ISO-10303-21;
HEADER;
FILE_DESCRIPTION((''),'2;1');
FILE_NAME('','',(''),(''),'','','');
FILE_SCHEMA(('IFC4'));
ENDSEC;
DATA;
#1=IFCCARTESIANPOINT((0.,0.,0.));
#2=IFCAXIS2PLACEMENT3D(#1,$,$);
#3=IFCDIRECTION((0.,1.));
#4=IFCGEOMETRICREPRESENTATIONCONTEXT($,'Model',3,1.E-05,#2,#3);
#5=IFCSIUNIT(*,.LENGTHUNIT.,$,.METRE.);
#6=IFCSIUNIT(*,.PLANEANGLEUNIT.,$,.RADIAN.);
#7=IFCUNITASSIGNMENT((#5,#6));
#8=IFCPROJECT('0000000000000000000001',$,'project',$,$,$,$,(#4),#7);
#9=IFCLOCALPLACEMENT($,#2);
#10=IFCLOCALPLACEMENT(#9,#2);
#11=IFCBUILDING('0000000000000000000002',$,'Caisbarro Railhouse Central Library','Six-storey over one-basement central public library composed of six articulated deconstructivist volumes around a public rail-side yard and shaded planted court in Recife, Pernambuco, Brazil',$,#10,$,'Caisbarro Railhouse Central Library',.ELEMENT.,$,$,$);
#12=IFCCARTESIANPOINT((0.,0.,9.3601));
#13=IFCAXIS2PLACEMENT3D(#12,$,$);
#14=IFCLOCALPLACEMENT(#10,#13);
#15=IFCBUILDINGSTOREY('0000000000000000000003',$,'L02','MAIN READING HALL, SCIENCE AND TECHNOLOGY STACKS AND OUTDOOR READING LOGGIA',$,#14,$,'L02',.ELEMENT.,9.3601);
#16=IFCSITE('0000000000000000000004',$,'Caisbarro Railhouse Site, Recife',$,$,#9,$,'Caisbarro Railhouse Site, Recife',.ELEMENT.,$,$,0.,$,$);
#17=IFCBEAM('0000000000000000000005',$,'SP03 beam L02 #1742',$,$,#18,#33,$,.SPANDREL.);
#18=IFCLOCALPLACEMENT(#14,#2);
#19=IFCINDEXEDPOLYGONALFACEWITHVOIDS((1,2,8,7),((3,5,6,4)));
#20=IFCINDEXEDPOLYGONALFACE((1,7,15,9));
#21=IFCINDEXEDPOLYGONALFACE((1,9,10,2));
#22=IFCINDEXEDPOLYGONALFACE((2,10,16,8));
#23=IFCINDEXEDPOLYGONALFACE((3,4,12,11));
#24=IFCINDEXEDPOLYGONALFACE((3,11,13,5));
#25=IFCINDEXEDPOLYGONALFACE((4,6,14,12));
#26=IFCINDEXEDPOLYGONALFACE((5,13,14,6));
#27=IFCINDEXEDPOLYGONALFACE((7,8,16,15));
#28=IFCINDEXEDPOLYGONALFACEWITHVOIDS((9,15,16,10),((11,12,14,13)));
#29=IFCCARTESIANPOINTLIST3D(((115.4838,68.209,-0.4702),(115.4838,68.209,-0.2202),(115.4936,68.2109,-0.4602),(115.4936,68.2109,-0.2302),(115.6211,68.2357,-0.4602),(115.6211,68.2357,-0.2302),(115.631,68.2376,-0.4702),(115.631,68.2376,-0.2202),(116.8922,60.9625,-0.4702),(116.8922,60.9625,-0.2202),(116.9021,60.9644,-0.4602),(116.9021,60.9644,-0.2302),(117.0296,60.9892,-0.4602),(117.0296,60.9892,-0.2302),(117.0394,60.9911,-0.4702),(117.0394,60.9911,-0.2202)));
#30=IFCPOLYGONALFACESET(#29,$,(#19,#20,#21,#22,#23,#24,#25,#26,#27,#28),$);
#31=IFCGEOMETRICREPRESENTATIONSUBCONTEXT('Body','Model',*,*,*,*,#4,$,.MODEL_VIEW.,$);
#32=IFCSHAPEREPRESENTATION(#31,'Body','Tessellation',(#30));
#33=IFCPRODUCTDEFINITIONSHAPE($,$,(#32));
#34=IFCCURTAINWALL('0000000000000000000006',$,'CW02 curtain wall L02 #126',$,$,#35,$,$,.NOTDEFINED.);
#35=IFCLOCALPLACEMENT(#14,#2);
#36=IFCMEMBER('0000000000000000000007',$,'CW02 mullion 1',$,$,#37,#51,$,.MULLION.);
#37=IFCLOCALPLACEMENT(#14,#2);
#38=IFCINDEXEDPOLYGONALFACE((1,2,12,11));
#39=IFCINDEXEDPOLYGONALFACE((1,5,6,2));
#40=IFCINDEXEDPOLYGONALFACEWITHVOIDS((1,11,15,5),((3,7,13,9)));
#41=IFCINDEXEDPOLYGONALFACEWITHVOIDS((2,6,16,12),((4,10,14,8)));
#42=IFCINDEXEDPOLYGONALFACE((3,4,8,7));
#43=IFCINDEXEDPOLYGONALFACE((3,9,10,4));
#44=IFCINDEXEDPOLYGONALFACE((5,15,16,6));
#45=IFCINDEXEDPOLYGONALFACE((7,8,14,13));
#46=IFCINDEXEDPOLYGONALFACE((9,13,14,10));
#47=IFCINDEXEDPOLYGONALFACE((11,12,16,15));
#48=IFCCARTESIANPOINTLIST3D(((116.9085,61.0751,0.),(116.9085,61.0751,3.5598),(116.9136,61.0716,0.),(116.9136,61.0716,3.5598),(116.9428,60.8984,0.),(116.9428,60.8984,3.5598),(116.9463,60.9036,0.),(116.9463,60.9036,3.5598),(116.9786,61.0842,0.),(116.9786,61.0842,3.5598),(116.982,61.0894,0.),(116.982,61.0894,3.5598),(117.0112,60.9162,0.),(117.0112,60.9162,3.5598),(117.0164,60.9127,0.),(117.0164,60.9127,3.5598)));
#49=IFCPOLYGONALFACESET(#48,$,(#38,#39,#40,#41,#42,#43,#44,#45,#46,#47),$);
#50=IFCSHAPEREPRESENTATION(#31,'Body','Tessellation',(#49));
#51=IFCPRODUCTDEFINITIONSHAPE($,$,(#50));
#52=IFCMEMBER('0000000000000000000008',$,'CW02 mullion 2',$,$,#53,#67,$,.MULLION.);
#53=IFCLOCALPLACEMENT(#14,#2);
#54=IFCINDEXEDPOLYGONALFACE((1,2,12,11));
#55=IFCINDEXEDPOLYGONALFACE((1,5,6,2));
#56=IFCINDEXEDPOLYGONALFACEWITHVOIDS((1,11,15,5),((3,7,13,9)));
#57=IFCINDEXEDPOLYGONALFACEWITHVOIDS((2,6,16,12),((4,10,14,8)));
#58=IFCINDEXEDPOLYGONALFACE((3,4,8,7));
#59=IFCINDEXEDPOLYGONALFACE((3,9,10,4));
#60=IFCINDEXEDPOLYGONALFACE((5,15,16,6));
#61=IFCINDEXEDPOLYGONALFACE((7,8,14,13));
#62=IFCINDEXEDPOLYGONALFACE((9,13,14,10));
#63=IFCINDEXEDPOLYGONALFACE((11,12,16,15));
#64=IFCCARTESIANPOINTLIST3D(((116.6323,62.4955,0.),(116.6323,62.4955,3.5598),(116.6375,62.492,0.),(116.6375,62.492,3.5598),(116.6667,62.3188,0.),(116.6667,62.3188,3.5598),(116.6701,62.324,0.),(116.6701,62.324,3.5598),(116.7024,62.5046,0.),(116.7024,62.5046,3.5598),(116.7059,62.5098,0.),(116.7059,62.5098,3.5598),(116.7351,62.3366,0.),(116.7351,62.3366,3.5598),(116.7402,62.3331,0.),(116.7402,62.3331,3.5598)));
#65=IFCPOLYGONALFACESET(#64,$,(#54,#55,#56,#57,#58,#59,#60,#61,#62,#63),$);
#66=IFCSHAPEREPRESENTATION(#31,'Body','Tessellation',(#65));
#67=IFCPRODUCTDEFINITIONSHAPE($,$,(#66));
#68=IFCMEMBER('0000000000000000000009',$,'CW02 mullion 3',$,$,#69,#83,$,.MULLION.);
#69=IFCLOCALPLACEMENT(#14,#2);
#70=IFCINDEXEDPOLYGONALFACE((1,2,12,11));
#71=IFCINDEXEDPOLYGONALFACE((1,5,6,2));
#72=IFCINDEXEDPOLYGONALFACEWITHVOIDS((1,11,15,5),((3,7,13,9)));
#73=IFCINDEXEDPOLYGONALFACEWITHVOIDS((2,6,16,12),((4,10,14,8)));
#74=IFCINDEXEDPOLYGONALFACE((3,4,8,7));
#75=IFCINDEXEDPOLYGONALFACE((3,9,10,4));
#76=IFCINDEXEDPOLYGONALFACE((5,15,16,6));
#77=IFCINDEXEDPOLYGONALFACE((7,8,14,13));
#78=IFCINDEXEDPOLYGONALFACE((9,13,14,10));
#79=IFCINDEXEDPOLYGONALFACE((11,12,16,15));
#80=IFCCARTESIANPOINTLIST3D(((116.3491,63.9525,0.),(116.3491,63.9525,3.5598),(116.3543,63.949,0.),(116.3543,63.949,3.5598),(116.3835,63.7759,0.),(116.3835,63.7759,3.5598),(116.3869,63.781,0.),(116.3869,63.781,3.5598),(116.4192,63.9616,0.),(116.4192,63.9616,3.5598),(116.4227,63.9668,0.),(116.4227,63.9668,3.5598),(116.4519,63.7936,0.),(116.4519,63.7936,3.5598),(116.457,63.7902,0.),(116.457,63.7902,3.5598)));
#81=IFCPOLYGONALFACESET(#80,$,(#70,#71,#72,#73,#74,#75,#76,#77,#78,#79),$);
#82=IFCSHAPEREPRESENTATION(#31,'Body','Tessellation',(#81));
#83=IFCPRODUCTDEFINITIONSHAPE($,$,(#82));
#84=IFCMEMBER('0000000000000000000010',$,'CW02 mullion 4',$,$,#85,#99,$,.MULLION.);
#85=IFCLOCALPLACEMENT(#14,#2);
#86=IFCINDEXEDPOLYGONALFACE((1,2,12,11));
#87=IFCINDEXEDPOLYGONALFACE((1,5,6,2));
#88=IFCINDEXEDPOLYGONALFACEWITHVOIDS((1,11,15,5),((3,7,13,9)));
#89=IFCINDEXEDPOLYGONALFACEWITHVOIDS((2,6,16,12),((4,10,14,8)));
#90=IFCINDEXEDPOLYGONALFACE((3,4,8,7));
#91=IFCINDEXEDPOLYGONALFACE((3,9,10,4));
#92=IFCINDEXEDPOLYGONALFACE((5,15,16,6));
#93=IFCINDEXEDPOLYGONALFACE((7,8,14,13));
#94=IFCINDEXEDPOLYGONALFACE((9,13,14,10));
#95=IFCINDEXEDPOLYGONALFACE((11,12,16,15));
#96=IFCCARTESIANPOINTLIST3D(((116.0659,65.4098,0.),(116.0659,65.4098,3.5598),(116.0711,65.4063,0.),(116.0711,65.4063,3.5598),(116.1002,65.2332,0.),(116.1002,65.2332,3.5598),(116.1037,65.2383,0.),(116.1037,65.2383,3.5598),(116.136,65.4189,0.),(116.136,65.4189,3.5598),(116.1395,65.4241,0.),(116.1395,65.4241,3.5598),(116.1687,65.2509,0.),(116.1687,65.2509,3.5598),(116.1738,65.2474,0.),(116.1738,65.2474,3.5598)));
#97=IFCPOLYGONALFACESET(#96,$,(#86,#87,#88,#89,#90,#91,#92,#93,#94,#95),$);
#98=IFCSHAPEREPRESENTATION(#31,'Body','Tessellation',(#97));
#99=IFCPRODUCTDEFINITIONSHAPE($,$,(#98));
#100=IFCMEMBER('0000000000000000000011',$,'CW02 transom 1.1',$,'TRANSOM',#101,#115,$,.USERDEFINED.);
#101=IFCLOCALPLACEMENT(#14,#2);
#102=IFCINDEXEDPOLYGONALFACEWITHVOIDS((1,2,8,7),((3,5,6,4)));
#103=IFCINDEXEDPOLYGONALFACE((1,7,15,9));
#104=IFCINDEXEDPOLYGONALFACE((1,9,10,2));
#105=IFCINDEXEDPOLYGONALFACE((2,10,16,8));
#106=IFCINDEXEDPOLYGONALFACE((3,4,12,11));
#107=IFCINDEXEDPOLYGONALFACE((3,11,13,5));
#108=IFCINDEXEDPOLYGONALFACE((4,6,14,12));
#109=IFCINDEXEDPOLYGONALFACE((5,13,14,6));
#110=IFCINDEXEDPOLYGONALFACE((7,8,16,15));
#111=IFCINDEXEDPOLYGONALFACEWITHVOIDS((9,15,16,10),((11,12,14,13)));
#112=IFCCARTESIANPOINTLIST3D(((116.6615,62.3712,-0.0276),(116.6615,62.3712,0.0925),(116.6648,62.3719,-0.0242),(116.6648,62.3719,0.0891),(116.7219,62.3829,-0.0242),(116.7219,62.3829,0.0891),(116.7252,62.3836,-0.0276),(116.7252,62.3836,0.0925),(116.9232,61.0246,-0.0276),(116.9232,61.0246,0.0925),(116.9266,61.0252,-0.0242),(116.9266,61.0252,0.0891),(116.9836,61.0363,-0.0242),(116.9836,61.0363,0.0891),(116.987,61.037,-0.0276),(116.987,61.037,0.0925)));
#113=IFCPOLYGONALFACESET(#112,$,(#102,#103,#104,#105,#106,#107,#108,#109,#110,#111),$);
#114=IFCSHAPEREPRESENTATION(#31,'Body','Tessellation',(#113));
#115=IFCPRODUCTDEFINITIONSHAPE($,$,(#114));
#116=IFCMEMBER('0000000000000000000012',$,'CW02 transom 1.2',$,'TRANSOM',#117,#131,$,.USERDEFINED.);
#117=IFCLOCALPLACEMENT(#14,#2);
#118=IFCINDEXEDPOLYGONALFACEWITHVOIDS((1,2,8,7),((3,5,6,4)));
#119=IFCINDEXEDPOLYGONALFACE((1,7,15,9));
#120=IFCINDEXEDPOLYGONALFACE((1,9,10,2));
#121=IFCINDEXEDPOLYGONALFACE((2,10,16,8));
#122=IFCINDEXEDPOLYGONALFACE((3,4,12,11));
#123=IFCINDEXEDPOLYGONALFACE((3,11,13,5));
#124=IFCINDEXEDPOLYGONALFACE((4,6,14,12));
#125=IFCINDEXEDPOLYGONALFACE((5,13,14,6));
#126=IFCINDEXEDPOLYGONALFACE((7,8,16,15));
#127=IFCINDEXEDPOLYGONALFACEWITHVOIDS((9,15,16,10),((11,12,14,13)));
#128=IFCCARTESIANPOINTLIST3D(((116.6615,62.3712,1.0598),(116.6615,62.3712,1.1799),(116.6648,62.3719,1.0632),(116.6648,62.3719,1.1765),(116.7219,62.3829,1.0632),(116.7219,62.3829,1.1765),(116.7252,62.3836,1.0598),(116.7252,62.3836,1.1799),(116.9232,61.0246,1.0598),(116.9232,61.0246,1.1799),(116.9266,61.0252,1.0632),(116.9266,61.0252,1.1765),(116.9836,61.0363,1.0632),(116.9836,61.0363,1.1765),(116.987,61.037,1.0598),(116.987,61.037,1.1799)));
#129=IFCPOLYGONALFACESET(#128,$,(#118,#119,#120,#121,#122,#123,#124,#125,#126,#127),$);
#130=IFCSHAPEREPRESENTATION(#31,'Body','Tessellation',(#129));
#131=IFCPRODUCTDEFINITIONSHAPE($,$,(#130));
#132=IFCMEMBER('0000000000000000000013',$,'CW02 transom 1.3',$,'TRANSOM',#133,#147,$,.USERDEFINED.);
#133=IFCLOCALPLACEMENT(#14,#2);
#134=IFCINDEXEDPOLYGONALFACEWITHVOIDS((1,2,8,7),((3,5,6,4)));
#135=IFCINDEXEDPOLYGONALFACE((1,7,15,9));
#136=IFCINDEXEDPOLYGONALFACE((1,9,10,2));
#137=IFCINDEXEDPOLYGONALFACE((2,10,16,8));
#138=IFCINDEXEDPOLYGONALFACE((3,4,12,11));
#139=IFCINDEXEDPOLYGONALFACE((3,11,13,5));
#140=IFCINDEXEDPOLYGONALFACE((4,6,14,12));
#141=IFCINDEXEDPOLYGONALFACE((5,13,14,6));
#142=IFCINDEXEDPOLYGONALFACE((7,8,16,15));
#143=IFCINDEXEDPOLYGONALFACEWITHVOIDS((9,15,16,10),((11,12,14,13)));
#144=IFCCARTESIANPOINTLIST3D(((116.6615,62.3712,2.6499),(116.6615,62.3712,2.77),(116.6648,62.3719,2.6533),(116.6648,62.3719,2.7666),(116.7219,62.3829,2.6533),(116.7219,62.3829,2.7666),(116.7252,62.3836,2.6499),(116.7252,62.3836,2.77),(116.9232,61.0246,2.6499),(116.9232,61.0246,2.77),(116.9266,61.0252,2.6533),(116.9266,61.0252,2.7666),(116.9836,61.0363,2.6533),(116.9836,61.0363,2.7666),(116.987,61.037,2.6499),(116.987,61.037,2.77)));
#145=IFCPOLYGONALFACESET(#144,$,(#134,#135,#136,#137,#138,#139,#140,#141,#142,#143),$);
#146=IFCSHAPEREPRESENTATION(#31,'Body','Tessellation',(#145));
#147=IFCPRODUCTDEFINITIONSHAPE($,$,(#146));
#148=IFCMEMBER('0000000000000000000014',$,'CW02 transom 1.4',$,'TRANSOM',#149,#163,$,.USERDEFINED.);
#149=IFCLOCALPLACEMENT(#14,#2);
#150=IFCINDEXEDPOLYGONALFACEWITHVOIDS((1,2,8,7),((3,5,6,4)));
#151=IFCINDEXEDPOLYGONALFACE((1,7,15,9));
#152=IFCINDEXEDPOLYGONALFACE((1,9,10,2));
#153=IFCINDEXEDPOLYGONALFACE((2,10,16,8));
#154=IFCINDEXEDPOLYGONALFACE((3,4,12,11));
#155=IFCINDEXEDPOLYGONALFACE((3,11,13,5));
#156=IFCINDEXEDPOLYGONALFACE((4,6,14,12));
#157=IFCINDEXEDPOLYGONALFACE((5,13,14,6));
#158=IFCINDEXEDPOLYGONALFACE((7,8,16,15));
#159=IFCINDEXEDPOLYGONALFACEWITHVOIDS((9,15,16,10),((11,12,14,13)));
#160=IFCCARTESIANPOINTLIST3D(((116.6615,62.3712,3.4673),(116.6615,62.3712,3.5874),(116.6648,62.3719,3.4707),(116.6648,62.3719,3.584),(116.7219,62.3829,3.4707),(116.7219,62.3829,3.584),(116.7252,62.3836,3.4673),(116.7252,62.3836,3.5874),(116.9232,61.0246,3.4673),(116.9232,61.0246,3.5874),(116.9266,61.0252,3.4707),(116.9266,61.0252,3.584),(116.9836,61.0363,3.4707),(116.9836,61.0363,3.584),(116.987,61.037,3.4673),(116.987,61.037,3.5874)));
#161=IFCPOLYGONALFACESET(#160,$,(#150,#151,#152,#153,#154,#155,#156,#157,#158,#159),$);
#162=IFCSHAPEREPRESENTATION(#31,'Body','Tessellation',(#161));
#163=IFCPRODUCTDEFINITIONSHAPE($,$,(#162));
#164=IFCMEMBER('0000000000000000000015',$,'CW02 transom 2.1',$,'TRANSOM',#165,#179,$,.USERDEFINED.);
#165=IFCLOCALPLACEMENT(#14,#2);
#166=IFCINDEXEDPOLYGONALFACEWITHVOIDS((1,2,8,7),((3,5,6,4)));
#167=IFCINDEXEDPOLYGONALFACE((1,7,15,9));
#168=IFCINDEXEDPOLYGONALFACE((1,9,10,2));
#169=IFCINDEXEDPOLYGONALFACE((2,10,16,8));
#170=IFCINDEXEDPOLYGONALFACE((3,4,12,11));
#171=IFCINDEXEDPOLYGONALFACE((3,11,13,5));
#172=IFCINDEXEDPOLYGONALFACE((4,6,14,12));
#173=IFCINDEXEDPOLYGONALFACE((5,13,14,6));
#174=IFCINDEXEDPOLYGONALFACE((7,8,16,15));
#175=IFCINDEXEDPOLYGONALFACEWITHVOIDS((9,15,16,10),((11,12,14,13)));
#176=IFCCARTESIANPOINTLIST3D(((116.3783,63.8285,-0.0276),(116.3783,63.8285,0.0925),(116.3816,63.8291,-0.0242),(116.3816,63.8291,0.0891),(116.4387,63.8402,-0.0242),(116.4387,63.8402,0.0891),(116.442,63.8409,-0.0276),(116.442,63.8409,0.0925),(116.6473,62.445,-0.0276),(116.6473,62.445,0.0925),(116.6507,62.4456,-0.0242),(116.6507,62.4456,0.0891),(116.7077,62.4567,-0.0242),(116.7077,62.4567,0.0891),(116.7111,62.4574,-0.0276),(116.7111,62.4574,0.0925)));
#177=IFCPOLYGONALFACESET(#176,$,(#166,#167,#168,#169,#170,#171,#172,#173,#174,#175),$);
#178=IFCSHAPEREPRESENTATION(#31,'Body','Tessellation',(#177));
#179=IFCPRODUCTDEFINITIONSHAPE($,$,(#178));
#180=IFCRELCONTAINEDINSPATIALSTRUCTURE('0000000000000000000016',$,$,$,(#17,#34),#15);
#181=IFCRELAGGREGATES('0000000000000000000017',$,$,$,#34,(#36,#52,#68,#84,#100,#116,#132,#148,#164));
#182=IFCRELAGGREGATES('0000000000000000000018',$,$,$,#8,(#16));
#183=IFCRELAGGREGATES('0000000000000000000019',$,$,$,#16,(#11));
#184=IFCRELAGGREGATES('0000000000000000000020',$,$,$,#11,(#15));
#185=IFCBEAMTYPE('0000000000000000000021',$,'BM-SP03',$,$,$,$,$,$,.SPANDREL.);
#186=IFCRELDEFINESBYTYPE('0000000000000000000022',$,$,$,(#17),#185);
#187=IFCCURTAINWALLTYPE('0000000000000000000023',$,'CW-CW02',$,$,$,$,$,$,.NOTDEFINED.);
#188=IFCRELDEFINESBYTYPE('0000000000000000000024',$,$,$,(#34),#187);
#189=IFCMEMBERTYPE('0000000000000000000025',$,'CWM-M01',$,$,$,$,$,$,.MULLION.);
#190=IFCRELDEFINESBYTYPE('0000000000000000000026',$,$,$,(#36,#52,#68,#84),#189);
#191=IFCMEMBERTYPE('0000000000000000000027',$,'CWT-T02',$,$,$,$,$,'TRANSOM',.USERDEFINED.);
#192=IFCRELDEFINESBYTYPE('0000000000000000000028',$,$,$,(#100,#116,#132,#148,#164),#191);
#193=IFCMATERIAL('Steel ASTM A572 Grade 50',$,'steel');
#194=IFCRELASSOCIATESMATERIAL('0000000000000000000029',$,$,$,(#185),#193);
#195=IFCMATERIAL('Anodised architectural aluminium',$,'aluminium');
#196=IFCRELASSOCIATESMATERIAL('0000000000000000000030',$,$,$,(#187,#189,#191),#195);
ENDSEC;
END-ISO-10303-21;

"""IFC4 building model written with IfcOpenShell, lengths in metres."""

from ifc_helpers import new_model, si_unit, direction, frame, origin, origin_2d, place, context, subcontext, project, spatial, hollow_rectangle, extrude, material, material_profile, profile_set, type_object, element, aggregate, save


model = new_model("IFC4")

# Units and contexts
model_context = context("Model", 3, precision=1e-05, world=origin(), true_north=direction((0.0, 1.0)))
body_context = subcontext(model_context, "Body", "Model", "MODEL_VIEW")
ifc_project = project(units=[si_unit("LENGTHUNIT", "METRE"), si_unit("PLANEANGLEUNIT", "RADIAN")], contexts=[model_context])

# Site, building, storey
site_placement = place(None, origin())
site = spatial("IfcSite", under=ifc_project, at=site_placement, Name="Caisbarro Railhouse Site, Recife", LongName="Caisbarro Railhouse Site, Recife", CompositionType="ELEMENT", RefElevation=0.0)
building_placement = place(site_placement, origin())
building = spatial("IfcBuilding", under=site, at=building_placement, Name="Caisbarro Railhouse Central Library", Description="Six-storey over one-basement central public library composed of six articulated deconstructivist volumes around a public rail-side yard and shaded planted court in Recife, Pernambuco, Brazil", LongName="Caisbarro Railhouse Central Library", CompositionType="ELEMENT")
storey_placement = place(building_placement, frame((0.0, 0.0, 9.3601)))
storey = spatial("IfcBuildingStorey", under=building, at=storey_placement, Name="L02", Description="MAIN READING HALL, SCIENCE AND TECHNOLOGY STACKS AND OUTDOOR READING LOGGIA", LongName="L02", CompositionType="ELEMENT", Elevation=9.3601)

# Beam
ifc_material_1 = material(Name="Steel ASTM A572 Grade 50", Category="steel")
ifc_material_profile_1 = material_profile(ifc_material_1, hollow_rectangle(XDim=0.1499, YDim=0.25, WallThickness=0.01, at=origin_2d()), Name="HSS250X150X10")
ifc_profile_set_1 = profile_set([ifc_material_profile_1], Name="Steel ASTM A572 Grade 50")
beam_type = type_object("IfcBeamType", Name="BM-SP03", PredefinedType="SPANDREL", material=ifc_profile_set_1)
beam_placement = place(storey_placement, frame((116.9658, 60.9768, -0.3452), z_axis=(-0.19079, 0.981631, 0.0), x_axis=(-0.981631, -0.19079, 0.0)))
element("IfcBeam", 1, at=beam_placement, inside=storey, type_object=beam_type, Name="SP03 beam L02 #1742", PredefinedType="SPANDREL", context=body_context, shape_type="SweptSolid", body=[
    extrude(hollow_rectangle(XDim=0.1499, YDim=0.25, WallThickness=0.01, at=origin_2d()), origin(), (0.0, 0.0, 1.0), 7.3821),
])

# Curtain wall, members
ifc_material_2 = material(Name="Anodised architectural aluminium", Category="aluminium")
curtain_wall_type = type_object("IfcCurtainWallType", Name="CW-CW02", PredefinedType="NOTDEFINED", material=ifc_material_2)
curtain_wall_placement = place(storey_placement, origin())
curtain_wall = element("IfcCurtainWall", 2, at=curtain_wall_placement, inside=storey, type_object=curtain_wall_type, Name="CW02 curtain wall L02 #126", PredefinedType="NOTDEFINED")
ifc_material_profile_2 = material_profile(ifc_material_2, hollow_rectangle(XDim=0.075, YDim=0.1799, WallThickness=0.0044, at=origin_2d()), Name="ALU-MUL-75X180")
ifc_profile_set_2 = profile_set([ifc_material_profile_2], Name="Anodised architectural aluminium")
member_type_1 = type_object("IfcMemberType", Name="CWM-M01", PredefinedType="MULLION", material=ifc_profile_set_2)
member_1_placement = place(storey_placement, frame((116.9624, 60.9939, 0.0), z_axis=(0.0, 0.0, 1.0), x_axis=(-0.981633, -0.190781, 0.0)))
member_1 = element("IfcMember", 3, at=member_1_placement, type_object=member_type_1, Name="CW02 mullion 1", PredefinedType="MULLION", context=body_context, shape_type="SweptSolid", body=[
    extrude(hollow_rectangle(XDim=0.075, YDim=0.1799, WallThickness=0.0044, at=origin_2d()), origin(), (0.0, 0.0, 1.0), 3.5598),
])
member_2_placement = place(storey_placement, frame((116.6863, 62.4143, 0.0), z_axis=(0.0, 0.0, 1.0), x_axis=(-0.981633, -0.190781, 0.0)))
member_2 = element("IfcMember", 4, at=member_2_placement, type_object=member_type_1, Name="CW02 mullion 2", PredefinedType="MULLION", context=body_context, shape_type="SweptSolid", body=[
    extrude(hollow_rectangle(XDim=0.075, YDim=0.1799, WallThickness=0.0044, at=origin_2d()), origin(), (0.0, 0.0, 1.0), 3.5598),
])
member_3_placement = place(storey_placement, frame((116.4031, 63.8713, 0.0), z_axis=(0.0, 0.0, 1.0), x_axis=(-0.981633, -0.190781, 0.0)))
member_3 = element("IfcMember", 5, at=member_3_placement, type_object=member_type_1, Name="CW02 mullion 3", PredefinedType="MULLION", context=body_context, shape_type="SweptSolid", body=[
    extrude(hollow_rectangle(XDim=0.075, YDim=0.1799, WallThickness=0.0044, at=origin_2d()), origin(), (0.0, 0.0, 1.0), 3.5598),
])
member_4_placement = place(storey_placement, frame((116.1199, 65.3286, 0.0), z_axis=(0.0, 0.0, 1.0), x_axis=(-0.981633, -0.190781, 0.0)))
member_4 = element("IfcMember", 6, at=member_4_placement, type_object=member_type_1, Name="CW02 mullion 4", PredefinedType="MULLION", context=body_context, shape_type="SweptSolid", body=[
    extrude(hollow_rectangle(XDim=0.075, YDim=0.1799, WallThickness=0.0044, at=origin_2d()), origin(), (0.0, 0.0, 1.0), 3.5598),
])
ifc_material_profile_3 = material_profile(ifc_material_2, hollow_rectangle(XDim=0.0649, YDim=0.1201, WallThickness=0.0034, at=origin_2d()), Name="ALU-TRN-65X120")
ifc_profile_set_3 = profile_set([ifc_material_profile_3], Name="Anodised architectural aluminium")
member_type_2 = type_object("IfcMemberType", Name="CWT-T02", ElementType="TRANSOM", PredefinedType="USERDEFINED", material=ifc_profile_set_3)
member_5_placement = place(storey_placement, frame((116.9551, 61.0308, 0.0325), z_axis=(-0.190774, 0.981634, 0.0), x_axis=(-0.981634, -0.190774, 0.0)))
member_5 = element("IfcMember", 7, at=member_5_placement, type_object=member_type_2, Name="CW02 transom 1.1", ObjectType="TRANSOM", PredefinedType="USERDEFINED", context=body_context, shape_type="SweptSolid", body=[
    extrude(hollow_rectangle(XDim=0.0649, YDim=0.1201, WallThickness=0.0034, at=origin_2d()), origin(), (0.0, 0.0, 1.0), 1.3718),
])
member_6_placement = place(storey_placement, frame((116.9551, 61.0308, 1.1199), z_axis=(-0.190774, 0.981634, 0.0), x_axis=(-0.981634, -0.190774, 0.0)))
member_6 = element("IfcMember", 8, at=member_6_placement, type_object=member_type_2, Name="CW02 transom 1.2", ObjectType="TRANSOM", PredefinedType="USERDEFINED", context=body_context, shape_type="SweptSolid", body=[
    extrude(hollow_rectangle(XDim=0.0649, YDim=0.1201, WallThickness=0.0034, at=origin_2d()), origin(), (0.0, 0.0, 1.0), 1.3718),
])
member_7_placement = place(storey_placement, frame((116.9551, 61.0308, 2.71), z_axis=(-0.190774, 0.981634, 0.0), x_axis=(-0.981634, -0.190774, 0.0)))
member_7 = element("IfcMember", 9, at=member_7_placement, type_object=member_type_2, Name="CW02 transom 1.3", ObjectType="TRANSOM", PredefinedType="USERDEFINED", context=body_context, shape_type="SweptSolid", body=[
    extrude(hollow_rectangle(XDim=0.0649, YDim=0.1201, WallThickness=0.0034, at=origin_2d()), origin(), (0.0, 0.0, 1.0), 1.3718),
])
member_8_placement = place(storey_placement, frame((116.9551, 61.0308, 3.5273), z_axis=(-0.190774, 0.981634, 0.0), x_axis=(-0.981634, -0.190774, 0.0)))
member_8 = element("IfcMember", 10, at=member_8_placement, type_object=member_type_2, Name="CW02 transom 1.4", ObjectType="TRANSOM", PredefinedType="USERDEFINED", context=body_context, shape_type="SweptSolid", body=[
    extrude(hollow_rectangle(XDim=0.0649, YDim=0.1201, WallThickness=0.0034, at=origin_2d()), origin(), (0.0, 0.0, 1.0), 1.3718),
])
member_9_placement = place(storey_placement, frame((116.6792, 62.4512, 0.0325), z_axis=(-0.190884, 0.981613, 0.0), x_axis=(-0.981613, -0.190884, 0.0)))
member_9 = element("IfcMember", 11, at=member_9_placement, type_object=member_type_2, Name="CW02 transom 2.1", ObjectType="TRANSOM", PredefinedType="USERDEFINED", context=body_context, shape_type="SweptSolid", body=[
    extrude(hollow_rectangle(XDim=0.0649, YDim=0.1201, WallThickness=0.0034, at=origin_2d()), origin(), (0.0, 0.0, 1.0), 1.4094),
])
aggregate(curtain_wall, [member_1, member_2, member_3, member_4, member_5, member_6, member_7, member_8, member_9])

save(model, "model.ifc")
